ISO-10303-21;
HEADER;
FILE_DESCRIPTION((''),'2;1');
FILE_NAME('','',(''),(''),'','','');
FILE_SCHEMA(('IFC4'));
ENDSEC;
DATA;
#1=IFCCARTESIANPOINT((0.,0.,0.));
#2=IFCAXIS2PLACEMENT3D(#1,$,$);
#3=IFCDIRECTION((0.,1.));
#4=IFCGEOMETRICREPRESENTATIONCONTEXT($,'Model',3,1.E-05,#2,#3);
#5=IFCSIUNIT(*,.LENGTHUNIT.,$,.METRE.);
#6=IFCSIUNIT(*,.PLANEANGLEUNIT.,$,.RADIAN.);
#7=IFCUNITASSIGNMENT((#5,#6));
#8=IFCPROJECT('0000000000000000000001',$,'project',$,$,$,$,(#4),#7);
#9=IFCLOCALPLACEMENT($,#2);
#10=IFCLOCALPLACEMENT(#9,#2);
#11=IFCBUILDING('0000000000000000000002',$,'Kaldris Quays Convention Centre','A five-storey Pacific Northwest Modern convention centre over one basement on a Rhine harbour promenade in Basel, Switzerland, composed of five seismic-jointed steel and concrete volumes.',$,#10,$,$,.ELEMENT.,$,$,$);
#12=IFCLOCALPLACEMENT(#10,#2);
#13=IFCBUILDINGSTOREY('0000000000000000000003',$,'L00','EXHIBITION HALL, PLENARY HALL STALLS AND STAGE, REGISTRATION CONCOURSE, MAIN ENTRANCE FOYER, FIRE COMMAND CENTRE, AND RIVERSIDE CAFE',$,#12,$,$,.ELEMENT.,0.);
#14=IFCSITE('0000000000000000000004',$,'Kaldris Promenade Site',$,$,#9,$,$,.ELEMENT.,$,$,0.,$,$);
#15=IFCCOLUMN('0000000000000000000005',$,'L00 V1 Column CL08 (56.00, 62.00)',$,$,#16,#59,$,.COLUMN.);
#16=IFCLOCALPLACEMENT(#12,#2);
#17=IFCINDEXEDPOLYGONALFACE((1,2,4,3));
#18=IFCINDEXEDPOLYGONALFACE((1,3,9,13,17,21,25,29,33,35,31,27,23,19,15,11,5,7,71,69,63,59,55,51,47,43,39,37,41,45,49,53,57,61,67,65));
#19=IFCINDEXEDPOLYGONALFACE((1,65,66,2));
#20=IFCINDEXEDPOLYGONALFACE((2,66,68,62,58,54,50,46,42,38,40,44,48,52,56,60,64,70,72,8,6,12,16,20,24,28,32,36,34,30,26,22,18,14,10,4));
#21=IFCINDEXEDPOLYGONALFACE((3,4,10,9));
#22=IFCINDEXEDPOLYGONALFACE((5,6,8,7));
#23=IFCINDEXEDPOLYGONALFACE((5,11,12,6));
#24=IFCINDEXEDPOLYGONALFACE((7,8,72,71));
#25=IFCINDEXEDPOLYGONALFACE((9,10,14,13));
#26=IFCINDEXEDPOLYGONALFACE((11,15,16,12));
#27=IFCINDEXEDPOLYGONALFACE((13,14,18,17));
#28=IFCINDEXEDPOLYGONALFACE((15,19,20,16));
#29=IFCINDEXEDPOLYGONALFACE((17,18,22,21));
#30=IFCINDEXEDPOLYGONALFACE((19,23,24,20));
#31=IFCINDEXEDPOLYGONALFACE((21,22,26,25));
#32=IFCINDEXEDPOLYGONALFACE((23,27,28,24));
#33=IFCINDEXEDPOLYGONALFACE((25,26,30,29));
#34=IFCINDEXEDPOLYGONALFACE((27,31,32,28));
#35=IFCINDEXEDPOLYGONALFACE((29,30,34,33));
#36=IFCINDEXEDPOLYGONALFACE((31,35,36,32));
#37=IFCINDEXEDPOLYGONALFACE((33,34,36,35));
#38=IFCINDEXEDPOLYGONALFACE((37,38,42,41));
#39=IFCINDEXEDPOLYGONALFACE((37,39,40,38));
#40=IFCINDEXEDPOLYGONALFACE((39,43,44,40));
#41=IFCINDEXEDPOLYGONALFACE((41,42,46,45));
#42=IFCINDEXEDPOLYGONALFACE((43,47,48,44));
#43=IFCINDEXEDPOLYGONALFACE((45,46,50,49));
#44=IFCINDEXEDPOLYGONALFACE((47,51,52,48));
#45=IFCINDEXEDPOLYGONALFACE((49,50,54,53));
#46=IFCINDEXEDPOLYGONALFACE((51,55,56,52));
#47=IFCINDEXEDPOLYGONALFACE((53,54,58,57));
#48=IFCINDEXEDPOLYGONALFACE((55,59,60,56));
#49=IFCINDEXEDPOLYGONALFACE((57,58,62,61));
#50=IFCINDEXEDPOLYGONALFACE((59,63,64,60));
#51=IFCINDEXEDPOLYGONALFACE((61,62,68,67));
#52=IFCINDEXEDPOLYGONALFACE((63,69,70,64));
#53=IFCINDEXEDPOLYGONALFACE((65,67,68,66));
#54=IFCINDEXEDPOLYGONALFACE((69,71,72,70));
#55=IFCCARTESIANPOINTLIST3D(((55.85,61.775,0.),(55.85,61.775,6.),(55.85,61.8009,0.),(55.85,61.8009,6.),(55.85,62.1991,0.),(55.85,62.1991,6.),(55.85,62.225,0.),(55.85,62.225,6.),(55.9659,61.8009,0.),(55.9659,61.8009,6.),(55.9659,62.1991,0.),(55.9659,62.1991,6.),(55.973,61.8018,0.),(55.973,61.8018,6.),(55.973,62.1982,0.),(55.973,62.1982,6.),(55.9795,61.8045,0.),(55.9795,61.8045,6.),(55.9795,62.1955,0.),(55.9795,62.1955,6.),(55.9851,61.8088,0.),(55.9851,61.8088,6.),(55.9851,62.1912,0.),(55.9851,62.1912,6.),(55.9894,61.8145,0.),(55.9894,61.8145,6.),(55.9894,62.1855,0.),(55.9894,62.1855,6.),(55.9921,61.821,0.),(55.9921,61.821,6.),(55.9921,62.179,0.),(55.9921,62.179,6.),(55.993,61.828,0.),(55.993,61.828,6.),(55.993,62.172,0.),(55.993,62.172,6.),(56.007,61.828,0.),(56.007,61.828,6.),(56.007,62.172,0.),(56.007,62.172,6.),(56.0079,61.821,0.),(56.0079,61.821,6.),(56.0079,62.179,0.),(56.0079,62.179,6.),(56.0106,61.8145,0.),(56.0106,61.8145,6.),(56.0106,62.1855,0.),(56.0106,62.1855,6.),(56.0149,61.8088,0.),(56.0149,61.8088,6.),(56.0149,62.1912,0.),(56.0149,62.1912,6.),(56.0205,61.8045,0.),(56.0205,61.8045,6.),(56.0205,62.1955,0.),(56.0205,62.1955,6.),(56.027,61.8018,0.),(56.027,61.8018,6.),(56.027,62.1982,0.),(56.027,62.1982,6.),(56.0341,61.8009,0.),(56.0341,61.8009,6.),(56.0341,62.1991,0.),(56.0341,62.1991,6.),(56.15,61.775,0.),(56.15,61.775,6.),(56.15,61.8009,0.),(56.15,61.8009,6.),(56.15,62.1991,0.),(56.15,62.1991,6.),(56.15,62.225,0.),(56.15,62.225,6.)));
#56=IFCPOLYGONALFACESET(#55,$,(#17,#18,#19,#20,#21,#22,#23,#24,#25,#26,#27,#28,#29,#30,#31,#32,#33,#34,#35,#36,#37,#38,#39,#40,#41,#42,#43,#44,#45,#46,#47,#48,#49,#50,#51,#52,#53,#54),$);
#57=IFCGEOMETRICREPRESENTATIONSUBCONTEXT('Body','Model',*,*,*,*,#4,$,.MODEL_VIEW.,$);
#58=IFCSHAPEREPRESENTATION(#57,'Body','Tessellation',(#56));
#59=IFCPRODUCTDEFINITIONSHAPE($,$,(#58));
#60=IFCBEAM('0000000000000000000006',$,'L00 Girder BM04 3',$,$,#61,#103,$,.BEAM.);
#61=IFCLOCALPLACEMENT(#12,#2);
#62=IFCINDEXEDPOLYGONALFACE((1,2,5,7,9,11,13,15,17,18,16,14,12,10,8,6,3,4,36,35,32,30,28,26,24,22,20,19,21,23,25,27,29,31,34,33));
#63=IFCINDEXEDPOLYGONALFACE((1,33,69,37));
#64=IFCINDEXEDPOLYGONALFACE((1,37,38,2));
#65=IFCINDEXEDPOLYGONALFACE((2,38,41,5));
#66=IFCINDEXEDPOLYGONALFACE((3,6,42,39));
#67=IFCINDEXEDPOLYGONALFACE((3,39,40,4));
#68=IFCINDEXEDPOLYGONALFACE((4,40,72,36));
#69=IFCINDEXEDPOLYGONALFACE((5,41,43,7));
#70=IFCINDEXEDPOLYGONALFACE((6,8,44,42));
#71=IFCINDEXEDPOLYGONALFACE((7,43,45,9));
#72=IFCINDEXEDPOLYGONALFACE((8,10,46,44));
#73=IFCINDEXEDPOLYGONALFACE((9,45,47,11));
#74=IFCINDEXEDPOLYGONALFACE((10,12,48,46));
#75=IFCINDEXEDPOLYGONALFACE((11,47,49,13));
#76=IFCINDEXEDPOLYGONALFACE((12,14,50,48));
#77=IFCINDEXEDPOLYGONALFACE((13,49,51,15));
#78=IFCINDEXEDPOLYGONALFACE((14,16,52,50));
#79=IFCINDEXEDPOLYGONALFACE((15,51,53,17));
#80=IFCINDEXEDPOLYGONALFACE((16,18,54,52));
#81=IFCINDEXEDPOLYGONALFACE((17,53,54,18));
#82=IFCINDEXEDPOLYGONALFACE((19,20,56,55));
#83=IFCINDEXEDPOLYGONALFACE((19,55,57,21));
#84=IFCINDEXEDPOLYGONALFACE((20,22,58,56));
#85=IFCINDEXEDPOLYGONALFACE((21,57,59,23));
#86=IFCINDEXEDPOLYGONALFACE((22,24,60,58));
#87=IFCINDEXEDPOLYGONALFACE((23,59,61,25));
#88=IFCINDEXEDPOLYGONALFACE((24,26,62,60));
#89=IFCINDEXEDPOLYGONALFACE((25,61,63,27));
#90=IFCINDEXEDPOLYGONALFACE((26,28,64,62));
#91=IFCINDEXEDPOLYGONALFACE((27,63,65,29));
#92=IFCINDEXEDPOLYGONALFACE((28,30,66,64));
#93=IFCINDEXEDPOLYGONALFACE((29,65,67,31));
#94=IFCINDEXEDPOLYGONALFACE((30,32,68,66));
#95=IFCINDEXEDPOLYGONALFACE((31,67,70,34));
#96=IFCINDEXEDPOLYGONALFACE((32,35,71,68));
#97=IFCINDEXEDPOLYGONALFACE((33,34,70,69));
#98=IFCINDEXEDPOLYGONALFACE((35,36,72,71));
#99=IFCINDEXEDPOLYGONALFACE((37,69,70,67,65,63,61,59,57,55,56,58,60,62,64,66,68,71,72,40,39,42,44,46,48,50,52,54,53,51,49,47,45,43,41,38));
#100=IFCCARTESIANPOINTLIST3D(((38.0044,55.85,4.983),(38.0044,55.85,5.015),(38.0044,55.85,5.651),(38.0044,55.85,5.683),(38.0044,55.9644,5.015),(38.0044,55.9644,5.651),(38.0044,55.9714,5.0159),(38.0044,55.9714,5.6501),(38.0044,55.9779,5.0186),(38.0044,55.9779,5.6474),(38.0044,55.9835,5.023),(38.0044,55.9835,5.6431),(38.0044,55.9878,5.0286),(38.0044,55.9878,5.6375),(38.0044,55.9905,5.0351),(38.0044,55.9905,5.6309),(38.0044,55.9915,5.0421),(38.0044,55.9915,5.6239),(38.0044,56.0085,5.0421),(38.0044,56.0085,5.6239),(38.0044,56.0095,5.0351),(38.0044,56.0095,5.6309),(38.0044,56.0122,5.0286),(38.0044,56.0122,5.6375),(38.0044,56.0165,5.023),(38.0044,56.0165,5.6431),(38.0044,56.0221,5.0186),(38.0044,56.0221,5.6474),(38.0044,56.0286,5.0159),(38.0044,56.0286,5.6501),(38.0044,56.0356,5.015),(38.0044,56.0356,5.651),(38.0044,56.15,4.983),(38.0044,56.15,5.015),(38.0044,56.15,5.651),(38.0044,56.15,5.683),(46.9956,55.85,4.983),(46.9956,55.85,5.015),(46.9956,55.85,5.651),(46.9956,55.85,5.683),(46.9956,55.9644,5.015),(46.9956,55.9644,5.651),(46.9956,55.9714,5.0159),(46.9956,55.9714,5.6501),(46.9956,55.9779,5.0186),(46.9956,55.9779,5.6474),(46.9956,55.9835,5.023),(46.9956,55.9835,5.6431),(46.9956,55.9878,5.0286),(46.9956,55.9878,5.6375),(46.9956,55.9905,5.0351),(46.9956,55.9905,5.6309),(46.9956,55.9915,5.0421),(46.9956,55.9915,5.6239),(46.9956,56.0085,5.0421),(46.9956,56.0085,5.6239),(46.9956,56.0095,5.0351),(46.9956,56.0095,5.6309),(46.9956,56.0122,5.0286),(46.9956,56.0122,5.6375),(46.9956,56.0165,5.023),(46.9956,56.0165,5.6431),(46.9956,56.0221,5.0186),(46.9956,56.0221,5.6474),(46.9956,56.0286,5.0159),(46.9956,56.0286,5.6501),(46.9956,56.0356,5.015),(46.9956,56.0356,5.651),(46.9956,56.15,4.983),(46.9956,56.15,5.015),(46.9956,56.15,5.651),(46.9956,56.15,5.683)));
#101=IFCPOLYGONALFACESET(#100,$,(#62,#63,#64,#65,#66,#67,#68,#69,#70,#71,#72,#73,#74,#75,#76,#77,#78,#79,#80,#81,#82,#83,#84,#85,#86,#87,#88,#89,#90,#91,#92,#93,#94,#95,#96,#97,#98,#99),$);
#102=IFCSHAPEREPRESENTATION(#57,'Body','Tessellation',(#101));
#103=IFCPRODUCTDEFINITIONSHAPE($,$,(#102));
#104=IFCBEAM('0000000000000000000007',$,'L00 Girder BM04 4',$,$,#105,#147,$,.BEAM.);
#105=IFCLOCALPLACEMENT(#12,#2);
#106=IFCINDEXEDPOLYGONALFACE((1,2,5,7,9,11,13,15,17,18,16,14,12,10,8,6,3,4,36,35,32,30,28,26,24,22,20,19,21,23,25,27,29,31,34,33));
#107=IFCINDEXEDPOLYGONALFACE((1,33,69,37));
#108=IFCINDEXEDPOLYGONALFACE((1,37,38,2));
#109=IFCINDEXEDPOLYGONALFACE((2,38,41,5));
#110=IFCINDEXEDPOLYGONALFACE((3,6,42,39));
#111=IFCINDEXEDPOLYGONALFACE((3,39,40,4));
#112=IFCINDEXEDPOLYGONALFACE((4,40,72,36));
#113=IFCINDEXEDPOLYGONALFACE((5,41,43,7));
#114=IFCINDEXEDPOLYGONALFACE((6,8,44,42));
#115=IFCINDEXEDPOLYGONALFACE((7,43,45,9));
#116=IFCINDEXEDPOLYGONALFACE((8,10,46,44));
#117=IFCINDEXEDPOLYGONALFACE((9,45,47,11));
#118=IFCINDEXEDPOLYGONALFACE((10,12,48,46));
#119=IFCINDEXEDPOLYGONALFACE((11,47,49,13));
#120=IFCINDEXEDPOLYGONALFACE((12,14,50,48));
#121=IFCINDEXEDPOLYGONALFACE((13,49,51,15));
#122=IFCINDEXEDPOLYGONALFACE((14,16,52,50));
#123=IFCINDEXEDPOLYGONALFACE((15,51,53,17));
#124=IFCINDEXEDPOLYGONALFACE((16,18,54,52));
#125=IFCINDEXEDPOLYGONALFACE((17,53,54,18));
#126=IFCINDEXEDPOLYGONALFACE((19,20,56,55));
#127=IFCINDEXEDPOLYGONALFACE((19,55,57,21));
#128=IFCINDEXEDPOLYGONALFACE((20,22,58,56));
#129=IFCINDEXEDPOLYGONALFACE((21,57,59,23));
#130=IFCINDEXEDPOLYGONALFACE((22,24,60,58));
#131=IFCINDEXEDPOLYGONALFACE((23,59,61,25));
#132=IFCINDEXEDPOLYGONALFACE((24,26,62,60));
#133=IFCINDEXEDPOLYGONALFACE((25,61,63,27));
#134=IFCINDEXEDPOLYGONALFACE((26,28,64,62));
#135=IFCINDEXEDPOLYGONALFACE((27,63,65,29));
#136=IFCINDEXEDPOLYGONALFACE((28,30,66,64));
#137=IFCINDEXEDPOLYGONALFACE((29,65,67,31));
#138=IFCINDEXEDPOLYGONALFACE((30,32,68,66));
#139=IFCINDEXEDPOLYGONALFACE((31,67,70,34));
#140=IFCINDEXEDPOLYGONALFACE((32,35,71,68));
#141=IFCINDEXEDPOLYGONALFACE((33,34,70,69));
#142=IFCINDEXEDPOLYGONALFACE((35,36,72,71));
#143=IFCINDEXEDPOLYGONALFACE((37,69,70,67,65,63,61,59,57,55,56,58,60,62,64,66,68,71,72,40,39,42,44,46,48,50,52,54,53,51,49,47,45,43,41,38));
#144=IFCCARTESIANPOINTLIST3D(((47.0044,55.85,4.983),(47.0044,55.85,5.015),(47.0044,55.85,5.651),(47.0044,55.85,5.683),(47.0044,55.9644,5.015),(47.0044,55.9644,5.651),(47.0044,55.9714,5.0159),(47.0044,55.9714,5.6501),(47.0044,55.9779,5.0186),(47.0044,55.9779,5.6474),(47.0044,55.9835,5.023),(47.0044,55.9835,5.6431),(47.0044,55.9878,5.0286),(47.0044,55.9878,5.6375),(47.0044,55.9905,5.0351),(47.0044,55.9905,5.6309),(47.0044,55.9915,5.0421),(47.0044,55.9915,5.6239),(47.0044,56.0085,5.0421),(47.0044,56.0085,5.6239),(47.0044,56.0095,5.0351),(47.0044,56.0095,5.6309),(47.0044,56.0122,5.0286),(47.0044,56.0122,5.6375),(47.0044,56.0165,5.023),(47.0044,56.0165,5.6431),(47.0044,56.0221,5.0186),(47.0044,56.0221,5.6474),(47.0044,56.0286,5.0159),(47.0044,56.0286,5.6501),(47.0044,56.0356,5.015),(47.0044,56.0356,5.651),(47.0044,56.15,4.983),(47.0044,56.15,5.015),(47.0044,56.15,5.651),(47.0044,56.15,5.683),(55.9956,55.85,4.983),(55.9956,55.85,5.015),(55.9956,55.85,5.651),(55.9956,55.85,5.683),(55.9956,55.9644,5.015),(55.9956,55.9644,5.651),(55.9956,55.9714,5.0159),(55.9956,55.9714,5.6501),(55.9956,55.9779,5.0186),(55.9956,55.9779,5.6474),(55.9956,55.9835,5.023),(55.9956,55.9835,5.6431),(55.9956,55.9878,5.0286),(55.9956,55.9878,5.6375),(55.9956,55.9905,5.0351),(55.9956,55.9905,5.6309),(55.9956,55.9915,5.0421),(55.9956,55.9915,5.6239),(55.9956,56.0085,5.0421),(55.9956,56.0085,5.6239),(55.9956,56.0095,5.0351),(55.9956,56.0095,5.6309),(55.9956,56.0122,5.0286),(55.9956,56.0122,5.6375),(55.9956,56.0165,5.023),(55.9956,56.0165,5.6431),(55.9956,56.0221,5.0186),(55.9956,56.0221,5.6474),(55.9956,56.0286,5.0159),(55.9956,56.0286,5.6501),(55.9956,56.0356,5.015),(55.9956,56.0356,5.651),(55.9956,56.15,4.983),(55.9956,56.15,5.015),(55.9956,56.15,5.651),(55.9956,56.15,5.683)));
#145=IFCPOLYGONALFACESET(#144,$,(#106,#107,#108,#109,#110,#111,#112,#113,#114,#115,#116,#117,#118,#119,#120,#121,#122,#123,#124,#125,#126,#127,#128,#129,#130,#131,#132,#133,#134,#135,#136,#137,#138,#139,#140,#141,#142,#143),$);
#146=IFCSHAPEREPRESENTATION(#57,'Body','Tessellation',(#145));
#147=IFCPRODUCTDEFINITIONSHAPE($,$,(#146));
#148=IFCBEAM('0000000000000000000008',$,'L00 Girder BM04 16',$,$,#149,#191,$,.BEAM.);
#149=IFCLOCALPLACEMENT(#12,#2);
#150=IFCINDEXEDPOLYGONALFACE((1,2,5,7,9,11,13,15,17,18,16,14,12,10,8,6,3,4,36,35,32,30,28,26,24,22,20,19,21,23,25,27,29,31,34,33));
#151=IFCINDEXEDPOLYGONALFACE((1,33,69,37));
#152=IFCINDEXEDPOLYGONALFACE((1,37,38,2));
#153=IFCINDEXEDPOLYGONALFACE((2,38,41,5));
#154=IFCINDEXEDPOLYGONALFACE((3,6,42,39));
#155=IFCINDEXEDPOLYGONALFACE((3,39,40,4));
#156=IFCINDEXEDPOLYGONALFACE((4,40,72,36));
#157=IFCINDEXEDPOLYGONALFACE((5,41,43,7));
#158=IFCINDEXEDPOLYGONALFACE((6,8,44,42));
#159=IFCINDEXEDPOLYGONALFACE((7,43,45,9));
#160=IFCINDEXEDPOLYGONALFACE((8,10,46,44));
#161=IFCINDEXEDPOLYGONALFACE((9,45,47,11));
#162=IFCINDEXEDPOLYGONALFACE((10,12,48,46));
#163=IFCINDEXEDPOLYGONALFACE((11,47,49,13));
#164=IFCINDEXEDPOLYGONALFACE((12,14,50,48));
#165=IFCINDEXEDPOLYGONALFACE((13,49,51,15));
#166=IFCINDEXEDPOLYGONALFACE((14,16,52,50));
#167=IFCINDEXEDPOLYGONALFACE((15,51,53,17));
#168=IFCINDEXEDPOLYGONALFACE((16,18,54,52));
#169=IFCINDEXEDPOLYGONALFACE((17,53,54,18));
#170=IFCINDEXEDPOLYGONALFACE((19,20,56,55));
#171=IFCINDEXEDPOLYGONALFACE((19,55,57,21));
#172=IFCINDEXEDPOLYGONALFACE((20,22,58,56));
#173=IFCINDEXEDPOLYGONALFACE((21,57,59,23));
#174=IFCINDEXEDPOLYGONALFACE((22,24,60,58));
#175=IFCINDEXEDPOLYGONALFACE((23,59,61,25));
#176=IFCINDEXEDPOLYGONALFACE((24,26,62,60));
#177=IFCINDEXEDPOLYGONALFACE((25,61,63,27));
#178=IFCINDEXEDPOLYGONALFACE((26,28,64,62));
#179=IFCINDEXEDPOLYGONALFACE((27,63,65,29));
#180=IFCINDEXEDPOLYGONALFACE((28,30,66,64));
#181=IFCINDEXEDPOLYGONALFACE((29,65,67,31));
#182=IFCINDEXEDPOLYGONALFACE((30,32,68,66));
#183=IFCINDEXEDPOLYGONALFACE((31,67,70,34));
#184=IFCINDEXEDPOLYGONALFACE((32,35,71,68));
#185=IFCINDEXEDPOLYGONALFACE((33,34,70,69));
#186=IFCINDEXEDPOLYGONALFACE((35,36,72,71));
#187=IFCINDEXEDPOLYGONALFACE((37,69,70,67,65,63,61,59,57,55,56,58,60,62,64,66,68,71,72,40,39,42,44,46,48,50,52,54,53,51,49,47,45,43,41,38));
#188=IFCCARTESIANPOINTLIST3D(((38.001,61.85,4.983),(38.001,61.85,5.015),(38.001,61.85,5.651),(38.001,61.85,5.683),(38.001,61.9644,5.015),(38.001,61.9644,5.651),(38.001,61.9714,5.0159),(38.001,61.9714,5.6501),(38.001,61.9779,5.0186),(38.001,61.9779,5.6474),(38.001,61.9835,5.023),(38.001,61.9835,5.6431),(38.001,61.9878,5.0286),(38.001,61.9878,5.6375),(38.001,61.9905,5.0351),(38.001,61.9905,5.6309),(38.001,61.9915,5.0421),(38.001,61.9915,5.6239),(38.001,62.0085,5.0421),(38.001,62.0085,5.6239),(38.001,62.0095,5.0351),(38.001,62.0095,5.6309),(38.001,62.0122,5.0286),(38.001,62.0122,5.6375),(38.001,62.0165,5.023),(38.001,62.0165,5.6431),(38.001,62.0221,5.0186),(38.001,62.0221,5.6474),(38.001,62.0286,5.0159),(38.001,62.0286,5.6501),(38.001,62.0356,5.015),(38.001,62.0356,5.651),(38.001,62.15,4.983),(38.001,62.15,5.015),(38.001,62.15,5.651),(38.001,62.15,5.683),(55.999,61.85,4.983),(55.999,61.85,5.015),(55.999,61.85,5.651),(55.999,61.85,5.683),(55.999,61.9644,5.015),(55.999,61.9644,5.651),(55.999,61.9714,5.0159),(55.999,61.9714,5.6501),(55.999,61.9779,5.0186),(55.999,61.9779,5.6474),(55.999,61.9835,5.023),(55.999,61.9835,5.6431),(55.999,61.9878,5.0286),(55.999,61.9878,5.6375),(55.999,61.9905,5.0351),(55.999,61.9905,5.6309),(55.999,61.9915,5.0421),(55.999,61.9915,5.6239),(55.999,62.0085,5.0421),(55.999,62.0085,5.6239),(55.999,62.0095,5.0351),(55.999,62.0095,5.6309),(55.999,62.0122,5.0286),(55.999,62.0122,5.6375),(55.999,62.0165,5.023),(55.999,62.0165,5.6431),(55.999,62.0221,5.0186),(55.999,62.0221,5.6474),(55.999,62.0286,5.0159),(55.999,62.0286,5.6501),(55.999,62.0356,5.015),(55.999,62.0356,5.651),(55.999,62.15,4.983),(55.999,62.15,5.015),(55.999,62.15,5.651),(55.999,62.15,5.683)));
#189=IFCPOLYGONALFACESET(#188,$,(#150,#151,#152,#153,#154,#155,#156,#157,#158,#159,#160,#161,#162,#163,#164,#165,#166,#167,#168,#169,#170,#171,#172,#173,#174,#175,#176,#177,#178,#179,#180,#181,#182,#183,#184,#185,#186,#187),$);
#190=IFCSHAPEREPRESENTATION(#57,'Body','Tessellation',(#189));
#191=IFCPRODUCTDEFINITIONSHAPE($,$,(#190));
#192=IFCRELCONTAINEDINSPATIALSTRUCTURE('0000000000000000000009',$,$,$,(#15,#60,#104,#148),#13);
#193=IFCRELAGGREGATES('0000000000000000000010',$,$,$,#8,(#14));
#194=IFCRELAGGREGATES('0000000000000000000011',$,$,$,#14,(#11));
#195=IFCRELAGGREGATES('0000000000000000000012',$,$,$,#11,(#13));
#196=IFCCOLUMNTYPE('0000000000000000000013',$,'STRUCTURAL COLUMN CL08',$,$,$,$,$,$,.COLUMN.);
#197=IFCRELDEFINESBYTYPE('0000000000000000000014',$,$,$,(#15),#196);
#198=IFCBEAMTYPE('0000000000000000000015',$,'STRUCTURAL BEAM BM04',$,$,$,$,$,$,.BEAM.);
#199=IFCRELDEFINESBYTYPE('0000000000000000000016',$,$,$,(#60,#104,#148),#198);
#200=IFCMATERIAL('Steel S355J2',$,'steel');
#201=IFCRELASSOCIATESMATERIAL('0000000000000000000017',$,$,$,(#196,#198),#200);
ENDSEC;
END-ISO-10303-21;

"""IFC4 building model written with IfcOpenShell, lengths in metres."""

from ifc_helpers import new_model, si_unit, direction, frame, origin, origin_2d, place, context, subcontext, project, spatial, i_section, extrude, material, material_profile, profile_set, type_object, element, save


model = new_model("IFC4")

# Units and contexts
model_context = context("Model", 3, precision=1e-05, world=origin(), true_north=direction((0.0, 1.0)))
body_context = subcontext(model_context, "Body", "Model", "MODEL_VIEW")
ifc_project = project(units=[si_unit("LENGTHUNIT", "METRE"), si_unit("PLANEANGLEUNIT", "RADIAN")], contexts=[model_context])

# Site, building, storey
site_placement = place(None, origin())
site = spatial("IfcSite", under=ifc_project, at=site_placement, Name="Kaldris Promenade Site", CompositionType="ELEMENT", RefElevation=0.0)
building_placement = place(site_placement, origin())
building = spatial("IfcBuilding", under=site, at=building_placement, Name="Kaldris Quays Convention Centre", Description="A five-storey Pacific Northwest Modern convention centre over one basement on a Rhine harbour promenade in Basel, Switzerland, composed of five seismic-jointed steel and concrete volumes.", CompositionType="ELEMENT")
storey_placement = place(building_placement, origin())
storey = spatial("IfcBuildingStorey", under=building, at=storey_placement, Name="L00", Description="EXHIBITION HALL, PLENARY HALL STALLS AND STAGE, REGISTRATION CONCOURSE, MAIN ENTRANCE FOYER, FIRE COMMAND CENTRE, AND RIVERSIDE CAFE", CompositionType="ELEMENT", Elevation=0.0)

# Column
ifc_material_1 = material(Name="Steel S355J2", Category="steel")
ifc_material_profile_1 = material_profile(ifc_material_1, i_section(OverallWidth=0.3, OverallDepth=0.45, WebThickness=0.0139, FlangeThickness=0.0259, FilletRadius=0.0271, at=origin_2d()), Name="HEB 450")
ifc_profile_set_1 = profile_set([ifc_material_profile_1], Name="Steel S355J2")
column_type_1 = type_object("IfcColumnType", Name="STRUCTURAL COLUMN CL08", PredefinedType="COLUMN", material=ifc_profile_set_1)
for number, where, z_axis, x_axis, name in (
    (1, (56.0, 62.0, 0.0), (0.0, 0.0, 1.0), (1.0, 0.0, 0.0), "L00 V1 Column CL08 (56.00, 62.00)"),
):
    element("IfcColumn", number, at=place(storey_placement, frame(where, z_axis=z_axis, x_axis=x_axis)), inside=storey, type_object=column_type_1, Name=name, PredefinedType="COLUMN", context=body_context, shape_type="SweptSolid", body=[
        extrude(i_section(OverallWidth=0.3, OverallDepth=0.45, WebThickness=0.0139, FlangeThickness=0.0259, FilletRadius=0.0271, at=origin_2d()), origin(), (0.0, 0.0, 1.0), 6.0),
    ])

# Beams
ifc_material_profile_2 = material_profile(ifc_material_1, i_section(OverallWidth=0.3, OverallDepth=0.7, WebThickness=0.0171, FlangeThickness=0.032, FilletRadius=0.0271, at=origin_2d()), Name="HEB 700")
ifc_profile_set_2 = profile_set([ifc_material_profile_2], Name="Steel S355J2")
beam_type_1 = type_object("IfcBeamType", Name="STRUCTURAL BEAM BM04", PredefinedType="BEAM", material=ifc_profile_set_2)
for number, where, z_axis, x_axis, name in (
    (2, (38.0044, 56.0, 5.333), (1.0, 0.0, 0.0), (0.0, 1.0, 0.0), "L00 Girder BM04 3"),
    (3, (47.0044, 56.0, 5.333), (1.0, 0.0, 0.0), (0.0, 1.0, 0.0), "L00 Girder BM04 4"),
):
    element("IfcBeam", number, at=place(storey_placement, frame(where, z_axis=z_axis, x_axis=x_axis)), inside=storey, type_object=beam_type_1, Name=name, PredefinedType="BEAM", context=body_context, shape_type="SweptSolid", body=[
        extrude(i_section(OverallWidth=0.3, OverallDepth=0.7, WebThickness=0.0171, FlangeThickness=0.032, FilletRadius=0.0271, at=origin_2d()), origin(), (0.0, 0.0, 1.0), 8.9912),
    ])
beam_1_placement = place(storey_placement, frame((38.001, 62.0, 5.333), z_axis=(1.0, 0.0, 0.0), x_axis=(0.0, 1.0, 0.0)))
element("IfcBeam", 4, at=beam_1_placement, inside=storey, type_object=beam_type_1, Name="L00 Girder BM04 16", PredefinedType="BEAM", context=body_context, shape_type="SweptSolid", body=[
    extrude(i_section(OverallWidth=0.3, OverallDepth=0.7, WebThickness=0.0171, FlangeThickness=0.032, FilletRadius=0.0271, at=origin_2d()), origin(), (0.0, 0.0, 1.0), 17.998),
])

save(model, "model.ifc")
